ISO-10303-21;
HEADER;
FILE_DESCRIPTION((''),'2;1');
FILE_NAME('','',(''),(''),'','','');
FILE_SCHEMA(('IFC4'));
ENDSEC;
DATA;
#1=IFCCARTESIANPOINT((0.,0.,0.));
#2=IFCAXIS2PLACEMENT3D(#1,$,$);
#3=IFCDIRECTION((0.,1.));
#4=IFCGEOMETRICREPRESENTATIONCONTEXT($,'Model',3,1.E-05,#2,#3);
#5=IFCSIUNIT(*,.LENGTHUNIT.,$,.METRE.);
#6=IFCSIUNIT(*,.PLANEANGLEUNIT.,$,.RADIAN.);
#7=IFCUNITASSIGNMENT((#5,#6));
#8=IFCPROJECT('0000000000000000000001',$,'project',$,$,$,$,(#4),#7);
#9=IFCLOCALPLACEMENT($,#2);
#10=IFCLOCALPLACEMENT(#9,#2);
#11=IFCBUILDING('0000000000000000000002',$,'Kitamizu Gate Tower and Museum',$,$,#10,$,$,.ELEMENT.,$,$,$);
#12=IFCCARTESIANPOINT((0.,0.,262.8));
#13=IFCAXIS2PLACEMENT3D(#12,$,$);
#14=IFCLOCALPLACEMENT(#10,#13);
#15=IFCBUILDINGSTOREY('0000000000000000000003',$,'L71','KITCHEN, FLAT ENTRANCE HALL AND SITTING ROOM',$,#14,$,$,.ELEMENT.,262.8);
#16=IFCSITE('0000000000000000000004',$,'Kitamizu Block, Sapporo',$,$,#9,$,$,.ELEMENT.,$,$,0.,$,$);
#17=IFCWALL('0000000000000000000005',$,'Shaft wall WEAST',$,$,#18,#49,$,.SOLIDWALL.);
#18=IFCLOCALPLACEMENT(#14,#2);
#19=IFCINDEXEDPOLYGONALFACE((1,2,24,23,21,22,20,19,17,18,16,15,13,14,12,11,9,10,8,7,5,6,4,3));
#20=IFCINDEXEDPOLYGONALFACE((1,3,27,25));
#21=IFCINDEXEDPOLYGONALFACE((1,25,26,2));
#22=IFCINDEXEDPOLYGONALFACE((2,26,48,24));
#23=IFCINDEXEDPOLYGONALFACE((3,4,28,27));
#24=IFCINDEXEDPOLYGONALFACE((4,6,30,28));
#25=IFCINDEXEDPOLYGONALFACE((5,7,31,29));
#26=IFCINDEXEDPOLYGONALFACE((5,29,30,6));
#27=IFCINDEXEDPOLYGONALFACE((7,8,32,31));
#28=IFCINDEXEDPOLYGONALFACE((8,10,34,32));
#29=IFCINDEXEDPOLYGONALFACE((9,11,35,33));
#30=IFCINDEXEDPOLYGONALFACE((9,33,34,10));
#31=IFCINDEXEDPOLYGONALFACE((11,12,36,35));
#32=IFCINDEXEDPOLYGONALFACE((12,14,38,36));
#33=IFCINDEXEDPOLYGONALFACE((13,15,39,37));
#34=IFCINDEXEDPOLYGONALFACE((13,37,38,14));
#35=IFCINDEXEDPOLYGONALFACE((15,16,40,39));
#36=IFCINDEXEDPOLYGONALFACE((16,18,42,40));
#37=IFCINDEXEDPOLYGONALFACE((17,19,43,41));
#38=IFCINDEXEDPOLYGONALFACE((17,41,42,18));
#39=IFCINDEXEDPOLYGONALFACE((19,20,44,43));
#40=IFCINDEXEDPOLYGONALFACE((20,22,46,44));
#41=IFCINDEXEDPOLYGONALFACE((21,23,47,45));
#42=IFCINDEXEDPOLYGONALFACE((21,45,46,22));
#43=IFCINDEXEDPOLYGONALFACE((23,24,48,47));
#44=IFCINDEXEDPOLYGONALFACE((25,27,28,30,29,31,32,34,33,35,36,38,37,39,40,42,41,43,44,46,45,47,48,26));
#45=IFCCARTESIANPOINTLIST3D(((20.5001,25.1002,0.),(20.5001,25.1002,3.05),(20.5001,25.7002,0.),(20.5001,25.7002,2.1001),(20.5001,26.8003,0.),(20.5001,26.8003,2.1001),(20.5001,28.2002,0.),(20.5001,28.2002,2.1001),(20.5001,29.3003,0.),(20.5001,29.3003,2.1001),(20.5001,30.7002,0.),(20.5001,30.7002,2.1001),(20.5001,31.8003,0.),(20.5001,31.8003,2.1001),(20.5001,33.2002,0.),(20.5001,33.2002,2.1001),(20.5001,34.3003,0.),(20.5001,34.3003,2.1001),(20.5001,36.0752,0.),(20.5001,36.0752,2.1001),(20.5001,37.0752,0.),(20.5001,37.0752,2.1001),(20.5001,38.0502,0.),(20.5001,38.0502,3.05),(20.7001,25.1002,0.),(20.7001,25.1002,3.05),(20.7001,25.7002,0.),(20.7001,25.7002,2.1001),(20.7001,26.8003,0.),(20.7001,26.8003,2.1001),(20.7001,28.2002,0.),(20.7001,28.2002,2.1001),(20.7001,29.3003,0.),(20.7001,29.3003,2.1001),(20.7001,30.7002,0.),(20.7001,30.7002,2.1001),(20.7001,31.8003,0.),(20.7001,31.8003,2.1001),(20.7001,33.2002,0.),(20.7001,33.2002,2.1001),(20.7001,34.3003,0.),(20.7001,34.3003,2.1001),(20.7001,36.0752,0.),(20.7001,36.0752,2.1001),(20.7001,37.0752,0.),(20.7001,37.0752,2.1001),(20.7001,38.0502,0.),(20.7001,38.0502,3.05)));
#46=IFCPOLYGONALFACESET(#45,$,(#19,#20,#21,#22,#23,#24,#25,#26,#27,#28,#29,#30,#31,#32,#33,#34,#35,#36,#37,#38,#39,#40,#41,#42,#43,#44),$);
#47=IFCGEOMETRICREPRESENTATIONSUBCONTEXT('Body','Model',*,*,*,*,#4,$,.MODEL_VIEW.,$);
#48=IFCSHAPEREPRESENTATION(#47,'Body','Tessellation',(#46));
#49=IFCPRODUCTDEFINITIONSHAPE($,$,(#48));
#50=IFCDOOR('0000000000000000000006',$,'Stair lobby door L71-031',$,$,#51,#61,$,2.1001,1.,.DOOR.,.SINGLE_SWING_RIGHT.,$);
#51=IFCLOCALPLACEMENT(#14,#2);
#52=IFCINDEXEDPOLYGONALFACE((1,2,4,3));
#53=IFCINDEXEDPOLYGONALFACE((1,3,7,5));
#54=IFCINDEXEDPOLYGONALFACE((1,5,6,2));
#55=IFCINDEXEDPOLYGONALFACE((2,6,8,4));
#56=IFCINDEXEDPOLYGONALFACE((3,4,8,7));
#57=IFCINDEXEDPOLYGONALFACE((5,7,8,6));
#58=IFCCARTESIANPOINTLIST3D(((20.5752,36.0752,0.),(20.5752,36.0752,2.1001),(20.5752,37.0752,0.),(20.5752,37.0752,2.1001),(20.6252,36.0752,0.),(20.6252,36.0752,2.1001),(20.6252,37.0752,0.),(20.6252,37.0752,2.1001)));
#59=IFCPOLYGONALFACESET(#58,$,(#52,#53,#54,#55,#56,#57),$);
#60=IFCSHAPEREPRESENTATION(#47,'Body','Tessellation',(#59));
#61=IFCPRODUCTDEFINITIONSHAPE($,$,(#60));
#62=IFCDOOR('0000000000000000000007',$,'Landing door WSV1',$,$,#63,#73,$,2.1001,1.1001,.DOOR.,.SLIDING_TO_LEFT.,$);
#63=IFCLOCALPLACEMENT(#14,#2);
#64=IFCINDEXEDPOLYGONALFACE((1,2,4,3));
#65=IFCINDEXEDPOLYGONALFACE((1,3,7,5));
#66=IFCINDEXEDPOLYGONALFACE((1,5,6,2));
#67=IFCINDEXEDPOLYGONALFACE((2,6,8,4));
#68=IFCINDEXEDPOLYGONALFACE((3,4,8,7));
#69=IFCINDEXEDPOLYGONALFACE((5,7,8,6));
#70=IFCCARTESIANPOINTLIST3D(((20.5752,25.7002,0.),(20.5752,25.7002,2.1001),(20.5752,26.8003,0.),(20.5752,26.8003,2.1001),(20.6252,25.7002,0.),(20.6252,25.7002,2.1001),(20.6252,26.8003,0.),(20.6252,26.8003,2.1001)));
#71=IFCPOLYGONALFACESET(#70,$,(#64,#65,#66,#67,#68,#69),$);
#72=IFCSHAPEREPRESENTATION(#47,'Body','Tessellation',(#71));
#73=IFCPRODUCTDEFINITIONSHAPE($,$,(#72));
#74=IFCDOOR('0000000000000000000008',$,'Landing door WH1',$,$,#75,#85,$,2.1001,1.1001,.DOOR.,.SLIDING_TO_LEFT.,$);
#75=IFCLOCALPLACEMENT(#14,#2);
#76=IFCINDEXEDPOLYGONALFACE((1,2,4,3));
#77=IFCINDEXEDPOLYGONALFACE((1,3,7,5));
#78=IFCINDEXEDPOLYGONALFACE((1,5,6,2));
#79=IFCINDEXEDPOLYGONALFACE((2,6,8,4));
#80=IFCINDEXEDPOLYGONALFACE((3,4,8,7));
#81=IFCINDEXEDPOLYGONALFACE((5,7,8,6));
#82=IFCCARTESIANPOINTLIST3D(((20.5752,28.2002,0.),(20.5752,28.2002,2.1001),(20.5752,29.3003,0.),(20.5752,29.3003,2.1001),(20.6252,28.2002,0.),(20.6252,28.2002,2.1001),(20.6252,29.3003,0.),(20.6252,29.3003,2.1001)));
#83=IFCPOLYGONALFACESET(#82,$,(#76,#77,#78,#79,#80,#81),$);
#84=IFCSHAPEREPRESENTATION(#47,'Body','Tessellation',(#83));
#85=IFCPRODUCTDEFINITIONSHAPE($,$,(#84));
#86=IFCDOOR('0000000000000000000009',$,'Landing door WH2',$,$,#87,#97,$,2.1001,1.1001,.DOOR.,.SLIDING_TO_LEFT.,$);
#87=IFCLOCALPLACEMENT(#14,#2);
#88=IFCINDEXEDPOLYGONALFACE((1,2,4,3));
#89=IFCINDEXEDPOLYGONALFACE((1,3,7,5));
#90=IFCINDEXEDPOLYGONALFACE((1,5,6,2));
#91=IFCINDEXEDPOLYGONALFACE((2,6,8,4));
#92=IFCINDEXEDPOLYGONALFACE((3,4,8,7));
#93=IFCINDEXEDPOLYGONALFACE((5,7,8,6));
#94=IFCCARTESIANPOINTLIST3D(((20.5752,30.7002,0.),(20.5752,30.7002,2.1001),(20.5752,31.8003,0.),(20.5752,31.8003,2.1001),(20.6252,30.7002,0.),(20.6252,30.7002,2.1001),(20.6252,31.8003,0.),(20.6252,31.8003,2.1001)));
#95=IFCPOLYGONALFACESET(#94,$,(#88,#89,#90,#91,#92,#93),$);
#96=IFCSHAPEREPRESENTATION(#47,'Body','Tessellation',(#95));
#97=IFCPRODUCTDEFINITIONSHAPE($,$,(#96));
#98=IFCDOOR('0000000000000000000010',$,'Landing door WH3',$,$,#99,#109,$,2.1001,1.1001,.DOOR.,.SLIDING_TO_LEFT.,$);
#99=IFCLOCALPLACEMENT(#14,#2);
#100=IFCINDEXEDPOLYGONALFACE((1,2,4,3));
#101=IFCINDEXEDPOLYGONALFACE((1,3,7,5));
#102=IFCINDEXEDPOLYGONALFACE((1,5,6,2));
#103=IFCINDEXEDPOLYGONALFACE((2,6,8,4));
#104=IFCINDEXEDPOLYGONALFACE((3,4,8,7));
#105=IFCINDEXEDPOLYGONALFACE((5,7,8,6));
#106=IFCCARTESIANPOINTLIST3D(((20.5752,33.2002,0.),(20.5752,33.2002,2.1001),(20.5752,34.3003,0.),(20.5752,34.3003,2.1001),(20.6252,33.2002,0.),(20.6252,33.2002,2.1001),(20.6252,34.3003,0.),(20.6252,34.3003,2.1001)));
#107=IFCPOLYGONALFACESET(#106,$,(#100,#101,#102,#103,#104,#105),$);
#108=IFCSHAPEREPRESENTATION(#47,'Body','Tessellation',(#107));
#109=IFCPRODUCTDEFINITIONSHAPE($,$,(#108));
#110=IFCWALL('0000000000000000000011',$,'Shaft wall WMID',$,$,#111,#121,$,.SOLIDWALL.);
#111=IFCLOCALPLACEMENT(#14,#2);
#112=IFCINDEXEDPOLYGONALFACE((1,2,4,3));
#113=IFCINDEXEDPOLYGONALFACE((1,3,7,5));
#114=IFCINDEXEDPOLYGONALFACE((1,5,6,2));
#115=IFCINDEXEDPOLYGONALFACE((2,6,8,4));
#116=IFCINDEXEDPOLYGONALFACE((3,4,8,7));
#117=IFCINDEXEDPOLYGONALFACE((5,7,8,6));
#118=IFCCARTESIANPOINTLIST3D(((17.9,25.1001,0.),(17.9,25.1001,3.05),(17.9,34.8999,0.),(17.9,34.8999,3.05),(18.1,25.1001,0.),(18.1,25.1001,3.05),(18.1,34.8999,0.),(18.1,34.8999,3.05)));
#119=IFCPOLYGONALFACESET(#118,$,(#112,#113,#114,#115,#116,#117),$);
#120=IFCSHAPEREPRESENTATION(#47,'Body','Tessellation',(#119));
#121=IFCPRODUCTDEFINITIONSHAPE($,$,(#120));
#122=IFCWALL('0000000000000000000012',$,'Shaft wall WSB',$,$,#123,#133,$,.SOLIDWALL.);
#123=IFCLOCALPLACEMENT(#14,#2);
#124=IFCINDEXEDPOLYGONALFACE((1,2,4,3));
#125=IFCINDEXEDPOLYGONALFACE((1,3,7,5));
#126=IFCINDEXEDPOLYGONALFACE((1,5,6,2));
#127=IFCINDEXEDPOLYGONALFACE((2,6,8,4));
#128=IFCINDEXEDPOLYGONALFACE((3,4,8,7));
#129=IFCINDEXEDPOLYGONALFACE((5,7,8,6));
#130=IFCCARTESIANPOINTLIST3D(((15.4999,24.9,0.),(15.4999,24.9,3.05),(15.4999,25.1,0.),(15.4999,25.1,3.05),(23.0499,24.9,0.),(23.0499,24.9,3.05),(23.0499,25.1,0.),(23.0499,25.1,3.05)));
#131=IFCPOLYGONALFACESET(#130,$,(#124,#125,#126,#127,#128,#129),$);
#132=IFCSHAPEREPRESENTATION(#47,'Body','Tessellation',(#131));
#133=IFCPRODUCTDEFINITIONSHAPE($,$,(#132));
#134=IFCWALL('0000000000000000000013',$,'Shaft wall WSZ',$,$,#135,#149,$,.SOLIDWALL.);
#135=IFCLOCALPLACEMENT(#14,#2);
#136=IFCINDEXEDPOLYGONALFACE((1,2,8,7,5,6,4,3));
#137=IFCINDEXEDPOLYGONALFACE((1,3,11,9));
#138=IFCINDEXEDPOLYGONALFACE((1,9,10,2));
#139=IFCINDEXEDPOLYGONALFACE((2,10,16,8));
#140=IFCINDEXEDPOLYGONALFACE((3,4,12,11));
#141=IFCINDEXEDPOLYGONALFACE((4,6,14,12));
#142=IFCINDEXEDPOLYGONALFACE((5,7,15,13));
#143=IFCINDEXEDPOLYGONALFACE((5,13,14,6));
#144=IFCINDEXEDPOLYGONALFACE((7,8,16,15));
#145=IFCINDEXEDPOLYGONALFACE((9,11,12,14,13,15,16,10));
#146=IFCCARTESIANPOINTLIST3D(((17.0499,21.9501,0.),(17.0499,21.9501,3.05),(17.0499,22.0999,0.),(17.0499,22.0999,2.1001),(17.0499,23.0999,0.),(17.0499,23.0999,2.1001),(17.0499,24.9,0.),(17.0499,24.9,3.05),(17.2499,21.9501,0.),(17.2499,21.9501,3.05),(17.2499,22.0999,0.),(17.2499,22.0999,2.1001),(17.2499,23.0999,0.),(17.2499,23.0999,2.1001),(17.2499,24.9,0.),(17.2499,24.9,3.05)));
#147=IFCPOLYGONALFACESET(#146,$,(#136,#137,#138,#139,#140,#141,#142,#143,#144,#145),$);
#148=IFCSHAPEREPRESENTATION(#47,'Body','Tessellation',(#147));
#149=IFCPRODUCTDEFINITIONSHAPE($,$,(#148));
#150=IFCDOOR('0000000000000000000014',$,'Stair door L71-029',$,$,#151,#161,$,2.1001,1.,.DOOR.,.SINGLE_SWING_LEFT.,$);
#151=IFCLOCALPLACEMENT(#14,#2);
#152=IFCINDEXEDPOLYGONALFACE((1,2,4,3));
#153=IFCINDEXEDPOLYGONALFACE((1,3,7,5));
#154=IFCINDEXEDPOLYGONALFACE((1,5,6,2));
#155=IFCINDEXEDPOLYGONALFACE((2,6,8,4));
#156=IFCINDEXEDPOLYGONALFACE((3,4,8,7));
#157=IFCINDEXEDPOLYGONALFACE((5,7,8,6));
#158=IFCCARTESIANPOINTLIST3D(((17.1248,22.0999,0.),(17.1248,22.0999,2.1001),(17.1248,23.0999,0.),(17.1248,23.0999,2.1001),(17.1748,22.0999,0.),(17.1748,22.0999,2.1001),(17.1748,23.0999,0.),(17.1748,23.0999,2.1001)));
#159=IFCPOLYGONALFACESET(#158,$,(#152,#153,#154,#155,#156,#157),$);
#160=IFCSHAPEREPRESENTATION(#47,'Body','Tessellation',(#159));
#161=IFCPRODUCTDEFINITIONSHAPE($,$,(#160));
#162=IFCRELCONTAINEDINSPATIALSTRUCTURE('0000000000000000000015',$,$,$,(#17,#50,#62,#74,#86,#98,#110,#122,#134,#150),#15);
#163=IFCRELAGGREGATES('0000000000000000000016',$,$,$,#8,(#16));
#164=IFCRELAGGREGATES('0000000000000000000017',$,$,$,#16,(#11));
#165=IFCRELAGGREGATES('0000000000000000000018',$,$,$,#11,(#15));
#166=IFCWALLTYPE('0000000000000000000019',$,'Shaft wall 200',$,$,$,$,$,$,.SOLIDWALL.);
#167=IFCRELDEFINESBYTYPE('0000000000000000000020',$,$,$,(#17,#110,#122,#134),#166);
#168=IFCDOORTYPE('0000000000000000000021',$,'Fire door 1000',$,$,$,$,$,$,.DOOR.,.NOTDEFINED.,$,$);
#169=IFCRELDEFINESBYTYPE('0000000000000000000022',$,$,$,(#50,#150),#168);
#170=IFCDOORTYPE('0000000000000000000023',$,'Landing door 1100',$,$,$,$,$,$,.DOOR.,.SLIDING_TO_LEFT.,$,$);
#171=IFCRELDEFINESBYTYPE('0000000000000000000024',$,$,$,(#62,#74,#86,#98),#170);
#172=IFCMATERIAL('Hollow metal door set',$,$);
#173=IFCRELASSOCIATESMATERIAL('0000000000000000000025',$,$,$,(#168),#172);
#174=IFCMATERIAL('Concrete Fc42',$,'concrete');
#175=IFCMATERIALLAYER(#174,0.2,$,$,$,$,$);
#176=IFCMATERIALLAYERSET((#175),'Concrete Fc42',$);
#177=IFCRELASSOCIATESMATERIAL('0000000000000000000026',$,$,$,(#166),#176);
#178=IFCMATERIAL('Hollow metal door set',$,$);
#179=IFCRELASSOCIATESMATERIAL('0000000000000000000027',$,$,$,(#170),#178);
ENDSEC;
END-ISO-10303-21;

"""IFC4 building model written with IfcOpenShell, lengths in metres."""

from ifc_helpers import new_model, si_unit, direction, frame, frame_2d, origin, place, context, subcontext, project, spatial, rectangle, extrude, material, layer, layer_set, type_object, element, fill, save


model = new_model("IFC4")

# Units and contexts
model_context = context("Model", 3, precision=1e-05, world=origin(), true_north=direction((0.0, 1.0)))
body_context = subcontext(model_context, "Body", "Model", "MODEL_VIEW")
ifc_project = project(units=[si_unit("LENGTHUNIT", "METRE"), si_unit("PLANEANGLEUNIT", "RADIAN")], contexts=[model_context])

# Site, building, storey
site_placement = place(None, origin())
site = spatial("IfcSite", under=ifc_project, at=site_placement, Name="Kitamizu Block, Sapporo", CompositionType="ELEMENT", RefElevation=0.0)
building_placement = place(site_placement, origin())
building = spatial("IfcBuilding", under=site, at=building_placement, Name="Kitamizu Gate Tower and Museum", CompositionType="ELEMENT")
storey_placement = place(building_placement, frame((0.0, 0.0, 262.8)))
storey = spatial("IfcBuildingStorey", under=building, at=storey_placement, Name="L71", Description="KITCHEN, FLAT ENTRANCE HALL AND SITTING ROOM", CompositionType="ELEMENT", Elevation=262.8)

# Shared definitions
ifc_material_1 = material(Name="Hollow metal door set")
door_type_1 = type_object("IfcDoorType", Name="Fire door 1000", OperationType="NOTDEFINED", PredefinedType="DOOR", material=ifc_material_1)

# Wall, openings, doors
ifc_material_2 = material(Name="Concrete Fc42", Category="concrete")
ifc_layer_1 = layer(ifc_material_2, 0.2)
ifc_layer_set_1 = layer_set([ifc_layer_1], Name="Concrete Fc42")
wall_type_1 = type_object("IfcWallType", Name="Shaft wall 200", PredefinedType="SOLIDWALL", material=ifc_layer_set_1)
ifc_material_3 = material(Name="Hollow metal door set")
door_type_2 = type_object("IfcDoorType", Name="Landing door 1100", OperationType="SLIDING_TO_LEFT", PredefinedType="DOOR", material=ifc_material_3)
wall_1_placement = place(storey_placement, frame((20.6001, 25.1001, 0.0), z_axis=(0.0, 0.0, 1.0), x_axis=(0.0, 1.0, 0.0)))
wall_1 = element("IfcWall", 1, at=wall_1_placement, inside=storey, type_object=wall_type_1, Name="Shaft wall WEAST", PredefinedType="SOLIDWALL", context=body_context, shape_type="SweptSolid", body=[
    extrude(rectangle(XDim=12.95, YDim=0.2, at=frame_2d((6.4751, 0.0))), origin(), (0.0, 0.0, 1.0), 3.05),
])
opening_1_placement = place(wall_1_placement, frame((0.6001, 0.0, 0.0)))
opening_1 = element("IfcOpeningElement", 2, at=opening_1_placement, cuts=wall_1, PredefinedType="OPENING", context=body_context, shape_type="SweptSolid", body=[
    extrude(rectangle(XDim=1.1001, YDim=2.1001, at=frame_2d((0.55, 1.05))), frame((0.0, 0.1099, 0.0), z_axis=(0.0, -1.0, 0.0), x_axis=(1.0, 0.0, 0.0)), (0.0, 0.0, 1.0), 0.22),
])
opening_2_placement = place(wall_1_placement, frame((3.1001, 0.0, 0.0)))
opening_2 = element("IfcOpeningElement", 3, at=opening_2_placement, cuts=wall_1, PredefinedType="OPENING", context=body_context, shape_type="SweptSolid", body=[
    extrude(rectangle(XDim=1.1001, YDim=2.1001, at=frame_2d((0.55, 1.05))), frame((0.0, 0.1099, 0.0), z_axis=(0.0, -1.0, 0.0), x_axis=(1.0, 0.0, 0.0)), (0.0, 0.0, 1.0), 0.22),
])
opening_3_placement = place(wall_1_placement, frame((5.6001, 0.0, 0.0)))
opening_3 = element("IfcOpeningElement", 4, at=opening_3_placement, cuts=wall_1, PredefinedType="OPENING", context=body_context, shape_type="SweptSolid", body=[
    extrude(rectangle(XDim=1.1001, YDim=2.1001, at=frame_2d((0.55, 1.05))), frame((0.0, 0.1099, 0.0), z_axis=(0.0, -1.0, 0.0), x_axis=(1.0, 0.0, 0.0)), (0.0, 0.0, 1.0), 0.22),
])
opening_4_placement = place(wall_1_placement, frame((8.1001, 0.0, 0.0)))
opening_4 = element("IfcOpeningElement", 5, at=opening_4_placement, cuts=wall_1, PredefinedType="OPENING", context=body_context, shape_type="SweptSolid", body=[
    extrude(rectangle(XDim=1.1001, YDim=2.1001, at=frame_2d((0.55, 1.05))), frame((0.0, 0.1099, 0.0), z_axis=(0.0, -1.0, 0.0), x_axis=(1.0, 0.0, 0.0)), (0.0, 0.0, 1.0), 0.22),
])
opening_5_placement = place(wall_1_placement, frame((10.9751, 0.0, 0.0)))
opening_5 = element("IfcOpeningElement", 6, at=opening_5_placement, cuts=wall_1, PredefinedType="OPENING", context=body_context, shape_type="SweptSolid", body=[
    extrude(rectangle(XDim=1.0, YDim=2.1001, at=frame_2d((0.5, 1.05))), frame((0.0, 0.1099, 0.0), z_axis=(0.0, -1.0, 0.0), x_axis=(1.0, 0.0, 0.0)), (0.0, 0.0, 1.0), 0.22),
])
door_1_placement = place(opening_5_placement, origin())
door_1 = element("IfcDoor", 7, at=door_1_placement, inside=storey, type_object=door_type_1, Name="Stair lobby door L71-031", OperationType="SINGLE_SWING_RIGHT", OverallHeight=2.1001, OverallWidth=1.0, PredefinedType="DOOR", context=body_context, shape_type="SweptSolid", body=[
    extrude(rectangle(XDim=1.0, YDim=2.1001, at=frame_2d((0.5, 1.05))), frame((0.0, 0.0249, 0.0), z_axis=(0.0, -1.0, 0.0), x_axis=(1.0, 0.0, 0.0)), (0.0, 0.0, 1.0), 0.05),
])
fill(opening_5, door_1)
door_2_placement = place(opening_1_placement, origin())
door_2 = element("IfcDoor", 8, at=door_2_placement, inside=storey, type_object=door_type_2, Name="Landing door WSV1", OperationType="SLIDING_TO_LEFT", OverallHeight=2.1001, OverallWidth=1.1001, PredefinedType="DOOR", context=body_context, shape_type="SweptSolid", body=[
    extrude(rectangle(XDim=1.1001, YDim=2.1001, at=frame_2d((0.55, 1.05))), frame((0.0, 0.0249, 0.0), z_axis=(0.0, -1.0, 0.0), x_axis=(1.0, 0.0, 0.0)), (0.0, 0.0, 1.0), 0.05),
])
fill(opening_1, door_2)
door_3_placement = place(opening_2_placement, origin())
door_3 = element("IfcDoor", 9, at=door_3_placement, inside=storey, type_object=door_type_2, Name="Landing door WH1", OperationType="SLIDING_TO_LEFT", OverallHeight=2.1001, OverallWidth=1.1001, PredefinedType="DOOR", context=body_context, shape_type="SweptSolid", body=[
    extrude(rectangle(XDim=1.1001, YDim=2.1001, at=frame_2d((0.55, 1.05))), frame((0.0, 0.0249, 0.0), z_axis=(0.0, -1.0, 0.0), x_axis=(1.0, 0.0, 0.0)), (0.0, 0.0, 1.0), 0.05),
])
fill(opening_2, door_3)
door_4_placement = place(opening_3_placement, origin())
door_4 = element("IfcDoor", 10, at=door_4_placement, inside=storey, type_object=door_type_2, Name="Landing door WH2", OperationType="SLIDING_TO_LEFT", OverallHeight=2.1001, OverallWidth=1.1001, PredefinedType="DOOR", context=body_context, shape_type="SweptSolid", body=[
    extrude(rectangle(XDim=1.1001, YDim=2.1001, at=frame_2d((0.55, 1.05))), frame((0.0, 0.0249, 0.0), z_axis=(0.0, -1.0, 0.0), x_axis=(1.0, 0.0, 0.0)), (0.0, 0.0, 1.0), 0.05),
])
fill(opening_3, door_4)
door_5_placement = place(opening_4_placement, origin())
door_5 = element("IfcDoor", 11, at=door_5_placement, inside=storey, type_object=door_type_2, Name="Landing door WH3", OperationType="SLIDING_TO_LEFT", OverallHeight=2.1001, OverallWidth=1.1001, PredefinedType="DOOR", context=body_context, shape_type="SweptSolid", body=[
    extrude(rectangle(XDim=1.1001, YDim=2.1001, at=frame_2d((0.55, 1.05))), frame((0.0, 0.0249, 0.0), z_axis=(0.0, -1.0, 0.0), x_axis=(1.0, 0.0, 0.0)), (0.0, 0.0, 1.0), 0.05),
])
fill(opening_4, door_5)

# Walls
wall_2_placement = place(storey_placement, frame((18.0, 25.1001, 0.0), z_axis=(0.0, 0.0, 1.0), x_axis=(0.0, 1.0, 0.0)))
element("IfcWall", 12, at=wall_2_placement, inside=storey, type_object=wall_type_1, Name="Shaft wall WMID", PredefinedType="SOLIDWALL", context=body_context, shape_type="SweptSolid", body=[
    extrude(rectangle(XDim=9.7998, YDim=0.2, at=frame_2d((4.8999, 0.0))), origin(), (0.0, 0.0, 1.0), 3.05),
])
wall_3_placement = place(storey_placement, frame((15.5, 25.0, 0.0), z_axis=(0.0, 0.0, 1.0), x_axis=(1.0, 0.0, 0.0)))
element("IfcWall", 13, at=wall_3_placement, inside=storey, type_object=wall_type_1, Name="Shaft wall WSB", PredefinedType="SOLIDWALL", context=body_context, shape_type="SweptSolid", body=[
    extrude(rectangle(XDim=7.55, YDim=0.2, at=frame_2d((3.7749, 0.0))), origin(), (0.0, 0.0, 1.0), 3.05),
])

# Wall, opening, door
wall_4_placement = place(storey_placement, frame((17.1499, 21.95, 0.0), z_axis=(0.0, 0.0, 1.0), x_axis=(0.0, 1.0, 0.0)))
wall_4 = element("IfcWall", 14, at=wall_4_placement, inside=storey, type_object=wall_type_1, Name="Shaft wall WSZ", PredefinedType="SOLIDWALL", context=body_context, shape_type="SweptSolid", body=[
    extrude(rectangle(XDim=2.95, YDim=0.2, at=frame_2d((1.4751, 0.0))), origin(), (0.0, 0.0, 1.0), 3.05),
])
opening_6_placement = place(wall_4_placement, frame((0.1499, 0.0, 0.0)))
opening_6 = element("IfcOpeningElement", 15, at=opening_6_placement, cuts=wall_4, PredefinedType="OPENING", context=body_context, shape_type="SweptSolid", body=[
    extrude(rectangle(XDim=1.0, YDim=2.1001, at=frame_2d((0.5, 1.05))), frame((0.0, 0.1099, 0.0), z_axis=(0.0, -1.0, 0.0), x_axis=(1.0, 0.0, 0.0)), (0.0, 0.0, 1.0), 0.22),
])
door_6_placement = place(opening_6_placement, frame((1.0, 0.0, 0.0), x_axis=(-1.0, 0.0, 0.0)))
door_6 = element("IfcDoor", 16, at=door_6_placement, inside=storey, type_object=door_type_1, Name="Stair door L71-029", OperationType="SINGLE_SWING_LEFT", OverallHeight=2.1001, OverallWidth=1.0, PredefinedType="DOOR", context=body_context, shape_type="SweptSolid", body=[
    extrude(rectangle(XDim=1.0, YDim=2.1001, at=frame_2d((0.5, 1.05))), frame((0.0, 0.0249, 0.0), z_axis=(0.0, -1.0, 0.0), x_axis=(1.0, 0.0, 0.0)), (0.0, 0.0, 1.0), 0.05),
])
fill(opening_6, door_6)

save(model, "model.ifc")
